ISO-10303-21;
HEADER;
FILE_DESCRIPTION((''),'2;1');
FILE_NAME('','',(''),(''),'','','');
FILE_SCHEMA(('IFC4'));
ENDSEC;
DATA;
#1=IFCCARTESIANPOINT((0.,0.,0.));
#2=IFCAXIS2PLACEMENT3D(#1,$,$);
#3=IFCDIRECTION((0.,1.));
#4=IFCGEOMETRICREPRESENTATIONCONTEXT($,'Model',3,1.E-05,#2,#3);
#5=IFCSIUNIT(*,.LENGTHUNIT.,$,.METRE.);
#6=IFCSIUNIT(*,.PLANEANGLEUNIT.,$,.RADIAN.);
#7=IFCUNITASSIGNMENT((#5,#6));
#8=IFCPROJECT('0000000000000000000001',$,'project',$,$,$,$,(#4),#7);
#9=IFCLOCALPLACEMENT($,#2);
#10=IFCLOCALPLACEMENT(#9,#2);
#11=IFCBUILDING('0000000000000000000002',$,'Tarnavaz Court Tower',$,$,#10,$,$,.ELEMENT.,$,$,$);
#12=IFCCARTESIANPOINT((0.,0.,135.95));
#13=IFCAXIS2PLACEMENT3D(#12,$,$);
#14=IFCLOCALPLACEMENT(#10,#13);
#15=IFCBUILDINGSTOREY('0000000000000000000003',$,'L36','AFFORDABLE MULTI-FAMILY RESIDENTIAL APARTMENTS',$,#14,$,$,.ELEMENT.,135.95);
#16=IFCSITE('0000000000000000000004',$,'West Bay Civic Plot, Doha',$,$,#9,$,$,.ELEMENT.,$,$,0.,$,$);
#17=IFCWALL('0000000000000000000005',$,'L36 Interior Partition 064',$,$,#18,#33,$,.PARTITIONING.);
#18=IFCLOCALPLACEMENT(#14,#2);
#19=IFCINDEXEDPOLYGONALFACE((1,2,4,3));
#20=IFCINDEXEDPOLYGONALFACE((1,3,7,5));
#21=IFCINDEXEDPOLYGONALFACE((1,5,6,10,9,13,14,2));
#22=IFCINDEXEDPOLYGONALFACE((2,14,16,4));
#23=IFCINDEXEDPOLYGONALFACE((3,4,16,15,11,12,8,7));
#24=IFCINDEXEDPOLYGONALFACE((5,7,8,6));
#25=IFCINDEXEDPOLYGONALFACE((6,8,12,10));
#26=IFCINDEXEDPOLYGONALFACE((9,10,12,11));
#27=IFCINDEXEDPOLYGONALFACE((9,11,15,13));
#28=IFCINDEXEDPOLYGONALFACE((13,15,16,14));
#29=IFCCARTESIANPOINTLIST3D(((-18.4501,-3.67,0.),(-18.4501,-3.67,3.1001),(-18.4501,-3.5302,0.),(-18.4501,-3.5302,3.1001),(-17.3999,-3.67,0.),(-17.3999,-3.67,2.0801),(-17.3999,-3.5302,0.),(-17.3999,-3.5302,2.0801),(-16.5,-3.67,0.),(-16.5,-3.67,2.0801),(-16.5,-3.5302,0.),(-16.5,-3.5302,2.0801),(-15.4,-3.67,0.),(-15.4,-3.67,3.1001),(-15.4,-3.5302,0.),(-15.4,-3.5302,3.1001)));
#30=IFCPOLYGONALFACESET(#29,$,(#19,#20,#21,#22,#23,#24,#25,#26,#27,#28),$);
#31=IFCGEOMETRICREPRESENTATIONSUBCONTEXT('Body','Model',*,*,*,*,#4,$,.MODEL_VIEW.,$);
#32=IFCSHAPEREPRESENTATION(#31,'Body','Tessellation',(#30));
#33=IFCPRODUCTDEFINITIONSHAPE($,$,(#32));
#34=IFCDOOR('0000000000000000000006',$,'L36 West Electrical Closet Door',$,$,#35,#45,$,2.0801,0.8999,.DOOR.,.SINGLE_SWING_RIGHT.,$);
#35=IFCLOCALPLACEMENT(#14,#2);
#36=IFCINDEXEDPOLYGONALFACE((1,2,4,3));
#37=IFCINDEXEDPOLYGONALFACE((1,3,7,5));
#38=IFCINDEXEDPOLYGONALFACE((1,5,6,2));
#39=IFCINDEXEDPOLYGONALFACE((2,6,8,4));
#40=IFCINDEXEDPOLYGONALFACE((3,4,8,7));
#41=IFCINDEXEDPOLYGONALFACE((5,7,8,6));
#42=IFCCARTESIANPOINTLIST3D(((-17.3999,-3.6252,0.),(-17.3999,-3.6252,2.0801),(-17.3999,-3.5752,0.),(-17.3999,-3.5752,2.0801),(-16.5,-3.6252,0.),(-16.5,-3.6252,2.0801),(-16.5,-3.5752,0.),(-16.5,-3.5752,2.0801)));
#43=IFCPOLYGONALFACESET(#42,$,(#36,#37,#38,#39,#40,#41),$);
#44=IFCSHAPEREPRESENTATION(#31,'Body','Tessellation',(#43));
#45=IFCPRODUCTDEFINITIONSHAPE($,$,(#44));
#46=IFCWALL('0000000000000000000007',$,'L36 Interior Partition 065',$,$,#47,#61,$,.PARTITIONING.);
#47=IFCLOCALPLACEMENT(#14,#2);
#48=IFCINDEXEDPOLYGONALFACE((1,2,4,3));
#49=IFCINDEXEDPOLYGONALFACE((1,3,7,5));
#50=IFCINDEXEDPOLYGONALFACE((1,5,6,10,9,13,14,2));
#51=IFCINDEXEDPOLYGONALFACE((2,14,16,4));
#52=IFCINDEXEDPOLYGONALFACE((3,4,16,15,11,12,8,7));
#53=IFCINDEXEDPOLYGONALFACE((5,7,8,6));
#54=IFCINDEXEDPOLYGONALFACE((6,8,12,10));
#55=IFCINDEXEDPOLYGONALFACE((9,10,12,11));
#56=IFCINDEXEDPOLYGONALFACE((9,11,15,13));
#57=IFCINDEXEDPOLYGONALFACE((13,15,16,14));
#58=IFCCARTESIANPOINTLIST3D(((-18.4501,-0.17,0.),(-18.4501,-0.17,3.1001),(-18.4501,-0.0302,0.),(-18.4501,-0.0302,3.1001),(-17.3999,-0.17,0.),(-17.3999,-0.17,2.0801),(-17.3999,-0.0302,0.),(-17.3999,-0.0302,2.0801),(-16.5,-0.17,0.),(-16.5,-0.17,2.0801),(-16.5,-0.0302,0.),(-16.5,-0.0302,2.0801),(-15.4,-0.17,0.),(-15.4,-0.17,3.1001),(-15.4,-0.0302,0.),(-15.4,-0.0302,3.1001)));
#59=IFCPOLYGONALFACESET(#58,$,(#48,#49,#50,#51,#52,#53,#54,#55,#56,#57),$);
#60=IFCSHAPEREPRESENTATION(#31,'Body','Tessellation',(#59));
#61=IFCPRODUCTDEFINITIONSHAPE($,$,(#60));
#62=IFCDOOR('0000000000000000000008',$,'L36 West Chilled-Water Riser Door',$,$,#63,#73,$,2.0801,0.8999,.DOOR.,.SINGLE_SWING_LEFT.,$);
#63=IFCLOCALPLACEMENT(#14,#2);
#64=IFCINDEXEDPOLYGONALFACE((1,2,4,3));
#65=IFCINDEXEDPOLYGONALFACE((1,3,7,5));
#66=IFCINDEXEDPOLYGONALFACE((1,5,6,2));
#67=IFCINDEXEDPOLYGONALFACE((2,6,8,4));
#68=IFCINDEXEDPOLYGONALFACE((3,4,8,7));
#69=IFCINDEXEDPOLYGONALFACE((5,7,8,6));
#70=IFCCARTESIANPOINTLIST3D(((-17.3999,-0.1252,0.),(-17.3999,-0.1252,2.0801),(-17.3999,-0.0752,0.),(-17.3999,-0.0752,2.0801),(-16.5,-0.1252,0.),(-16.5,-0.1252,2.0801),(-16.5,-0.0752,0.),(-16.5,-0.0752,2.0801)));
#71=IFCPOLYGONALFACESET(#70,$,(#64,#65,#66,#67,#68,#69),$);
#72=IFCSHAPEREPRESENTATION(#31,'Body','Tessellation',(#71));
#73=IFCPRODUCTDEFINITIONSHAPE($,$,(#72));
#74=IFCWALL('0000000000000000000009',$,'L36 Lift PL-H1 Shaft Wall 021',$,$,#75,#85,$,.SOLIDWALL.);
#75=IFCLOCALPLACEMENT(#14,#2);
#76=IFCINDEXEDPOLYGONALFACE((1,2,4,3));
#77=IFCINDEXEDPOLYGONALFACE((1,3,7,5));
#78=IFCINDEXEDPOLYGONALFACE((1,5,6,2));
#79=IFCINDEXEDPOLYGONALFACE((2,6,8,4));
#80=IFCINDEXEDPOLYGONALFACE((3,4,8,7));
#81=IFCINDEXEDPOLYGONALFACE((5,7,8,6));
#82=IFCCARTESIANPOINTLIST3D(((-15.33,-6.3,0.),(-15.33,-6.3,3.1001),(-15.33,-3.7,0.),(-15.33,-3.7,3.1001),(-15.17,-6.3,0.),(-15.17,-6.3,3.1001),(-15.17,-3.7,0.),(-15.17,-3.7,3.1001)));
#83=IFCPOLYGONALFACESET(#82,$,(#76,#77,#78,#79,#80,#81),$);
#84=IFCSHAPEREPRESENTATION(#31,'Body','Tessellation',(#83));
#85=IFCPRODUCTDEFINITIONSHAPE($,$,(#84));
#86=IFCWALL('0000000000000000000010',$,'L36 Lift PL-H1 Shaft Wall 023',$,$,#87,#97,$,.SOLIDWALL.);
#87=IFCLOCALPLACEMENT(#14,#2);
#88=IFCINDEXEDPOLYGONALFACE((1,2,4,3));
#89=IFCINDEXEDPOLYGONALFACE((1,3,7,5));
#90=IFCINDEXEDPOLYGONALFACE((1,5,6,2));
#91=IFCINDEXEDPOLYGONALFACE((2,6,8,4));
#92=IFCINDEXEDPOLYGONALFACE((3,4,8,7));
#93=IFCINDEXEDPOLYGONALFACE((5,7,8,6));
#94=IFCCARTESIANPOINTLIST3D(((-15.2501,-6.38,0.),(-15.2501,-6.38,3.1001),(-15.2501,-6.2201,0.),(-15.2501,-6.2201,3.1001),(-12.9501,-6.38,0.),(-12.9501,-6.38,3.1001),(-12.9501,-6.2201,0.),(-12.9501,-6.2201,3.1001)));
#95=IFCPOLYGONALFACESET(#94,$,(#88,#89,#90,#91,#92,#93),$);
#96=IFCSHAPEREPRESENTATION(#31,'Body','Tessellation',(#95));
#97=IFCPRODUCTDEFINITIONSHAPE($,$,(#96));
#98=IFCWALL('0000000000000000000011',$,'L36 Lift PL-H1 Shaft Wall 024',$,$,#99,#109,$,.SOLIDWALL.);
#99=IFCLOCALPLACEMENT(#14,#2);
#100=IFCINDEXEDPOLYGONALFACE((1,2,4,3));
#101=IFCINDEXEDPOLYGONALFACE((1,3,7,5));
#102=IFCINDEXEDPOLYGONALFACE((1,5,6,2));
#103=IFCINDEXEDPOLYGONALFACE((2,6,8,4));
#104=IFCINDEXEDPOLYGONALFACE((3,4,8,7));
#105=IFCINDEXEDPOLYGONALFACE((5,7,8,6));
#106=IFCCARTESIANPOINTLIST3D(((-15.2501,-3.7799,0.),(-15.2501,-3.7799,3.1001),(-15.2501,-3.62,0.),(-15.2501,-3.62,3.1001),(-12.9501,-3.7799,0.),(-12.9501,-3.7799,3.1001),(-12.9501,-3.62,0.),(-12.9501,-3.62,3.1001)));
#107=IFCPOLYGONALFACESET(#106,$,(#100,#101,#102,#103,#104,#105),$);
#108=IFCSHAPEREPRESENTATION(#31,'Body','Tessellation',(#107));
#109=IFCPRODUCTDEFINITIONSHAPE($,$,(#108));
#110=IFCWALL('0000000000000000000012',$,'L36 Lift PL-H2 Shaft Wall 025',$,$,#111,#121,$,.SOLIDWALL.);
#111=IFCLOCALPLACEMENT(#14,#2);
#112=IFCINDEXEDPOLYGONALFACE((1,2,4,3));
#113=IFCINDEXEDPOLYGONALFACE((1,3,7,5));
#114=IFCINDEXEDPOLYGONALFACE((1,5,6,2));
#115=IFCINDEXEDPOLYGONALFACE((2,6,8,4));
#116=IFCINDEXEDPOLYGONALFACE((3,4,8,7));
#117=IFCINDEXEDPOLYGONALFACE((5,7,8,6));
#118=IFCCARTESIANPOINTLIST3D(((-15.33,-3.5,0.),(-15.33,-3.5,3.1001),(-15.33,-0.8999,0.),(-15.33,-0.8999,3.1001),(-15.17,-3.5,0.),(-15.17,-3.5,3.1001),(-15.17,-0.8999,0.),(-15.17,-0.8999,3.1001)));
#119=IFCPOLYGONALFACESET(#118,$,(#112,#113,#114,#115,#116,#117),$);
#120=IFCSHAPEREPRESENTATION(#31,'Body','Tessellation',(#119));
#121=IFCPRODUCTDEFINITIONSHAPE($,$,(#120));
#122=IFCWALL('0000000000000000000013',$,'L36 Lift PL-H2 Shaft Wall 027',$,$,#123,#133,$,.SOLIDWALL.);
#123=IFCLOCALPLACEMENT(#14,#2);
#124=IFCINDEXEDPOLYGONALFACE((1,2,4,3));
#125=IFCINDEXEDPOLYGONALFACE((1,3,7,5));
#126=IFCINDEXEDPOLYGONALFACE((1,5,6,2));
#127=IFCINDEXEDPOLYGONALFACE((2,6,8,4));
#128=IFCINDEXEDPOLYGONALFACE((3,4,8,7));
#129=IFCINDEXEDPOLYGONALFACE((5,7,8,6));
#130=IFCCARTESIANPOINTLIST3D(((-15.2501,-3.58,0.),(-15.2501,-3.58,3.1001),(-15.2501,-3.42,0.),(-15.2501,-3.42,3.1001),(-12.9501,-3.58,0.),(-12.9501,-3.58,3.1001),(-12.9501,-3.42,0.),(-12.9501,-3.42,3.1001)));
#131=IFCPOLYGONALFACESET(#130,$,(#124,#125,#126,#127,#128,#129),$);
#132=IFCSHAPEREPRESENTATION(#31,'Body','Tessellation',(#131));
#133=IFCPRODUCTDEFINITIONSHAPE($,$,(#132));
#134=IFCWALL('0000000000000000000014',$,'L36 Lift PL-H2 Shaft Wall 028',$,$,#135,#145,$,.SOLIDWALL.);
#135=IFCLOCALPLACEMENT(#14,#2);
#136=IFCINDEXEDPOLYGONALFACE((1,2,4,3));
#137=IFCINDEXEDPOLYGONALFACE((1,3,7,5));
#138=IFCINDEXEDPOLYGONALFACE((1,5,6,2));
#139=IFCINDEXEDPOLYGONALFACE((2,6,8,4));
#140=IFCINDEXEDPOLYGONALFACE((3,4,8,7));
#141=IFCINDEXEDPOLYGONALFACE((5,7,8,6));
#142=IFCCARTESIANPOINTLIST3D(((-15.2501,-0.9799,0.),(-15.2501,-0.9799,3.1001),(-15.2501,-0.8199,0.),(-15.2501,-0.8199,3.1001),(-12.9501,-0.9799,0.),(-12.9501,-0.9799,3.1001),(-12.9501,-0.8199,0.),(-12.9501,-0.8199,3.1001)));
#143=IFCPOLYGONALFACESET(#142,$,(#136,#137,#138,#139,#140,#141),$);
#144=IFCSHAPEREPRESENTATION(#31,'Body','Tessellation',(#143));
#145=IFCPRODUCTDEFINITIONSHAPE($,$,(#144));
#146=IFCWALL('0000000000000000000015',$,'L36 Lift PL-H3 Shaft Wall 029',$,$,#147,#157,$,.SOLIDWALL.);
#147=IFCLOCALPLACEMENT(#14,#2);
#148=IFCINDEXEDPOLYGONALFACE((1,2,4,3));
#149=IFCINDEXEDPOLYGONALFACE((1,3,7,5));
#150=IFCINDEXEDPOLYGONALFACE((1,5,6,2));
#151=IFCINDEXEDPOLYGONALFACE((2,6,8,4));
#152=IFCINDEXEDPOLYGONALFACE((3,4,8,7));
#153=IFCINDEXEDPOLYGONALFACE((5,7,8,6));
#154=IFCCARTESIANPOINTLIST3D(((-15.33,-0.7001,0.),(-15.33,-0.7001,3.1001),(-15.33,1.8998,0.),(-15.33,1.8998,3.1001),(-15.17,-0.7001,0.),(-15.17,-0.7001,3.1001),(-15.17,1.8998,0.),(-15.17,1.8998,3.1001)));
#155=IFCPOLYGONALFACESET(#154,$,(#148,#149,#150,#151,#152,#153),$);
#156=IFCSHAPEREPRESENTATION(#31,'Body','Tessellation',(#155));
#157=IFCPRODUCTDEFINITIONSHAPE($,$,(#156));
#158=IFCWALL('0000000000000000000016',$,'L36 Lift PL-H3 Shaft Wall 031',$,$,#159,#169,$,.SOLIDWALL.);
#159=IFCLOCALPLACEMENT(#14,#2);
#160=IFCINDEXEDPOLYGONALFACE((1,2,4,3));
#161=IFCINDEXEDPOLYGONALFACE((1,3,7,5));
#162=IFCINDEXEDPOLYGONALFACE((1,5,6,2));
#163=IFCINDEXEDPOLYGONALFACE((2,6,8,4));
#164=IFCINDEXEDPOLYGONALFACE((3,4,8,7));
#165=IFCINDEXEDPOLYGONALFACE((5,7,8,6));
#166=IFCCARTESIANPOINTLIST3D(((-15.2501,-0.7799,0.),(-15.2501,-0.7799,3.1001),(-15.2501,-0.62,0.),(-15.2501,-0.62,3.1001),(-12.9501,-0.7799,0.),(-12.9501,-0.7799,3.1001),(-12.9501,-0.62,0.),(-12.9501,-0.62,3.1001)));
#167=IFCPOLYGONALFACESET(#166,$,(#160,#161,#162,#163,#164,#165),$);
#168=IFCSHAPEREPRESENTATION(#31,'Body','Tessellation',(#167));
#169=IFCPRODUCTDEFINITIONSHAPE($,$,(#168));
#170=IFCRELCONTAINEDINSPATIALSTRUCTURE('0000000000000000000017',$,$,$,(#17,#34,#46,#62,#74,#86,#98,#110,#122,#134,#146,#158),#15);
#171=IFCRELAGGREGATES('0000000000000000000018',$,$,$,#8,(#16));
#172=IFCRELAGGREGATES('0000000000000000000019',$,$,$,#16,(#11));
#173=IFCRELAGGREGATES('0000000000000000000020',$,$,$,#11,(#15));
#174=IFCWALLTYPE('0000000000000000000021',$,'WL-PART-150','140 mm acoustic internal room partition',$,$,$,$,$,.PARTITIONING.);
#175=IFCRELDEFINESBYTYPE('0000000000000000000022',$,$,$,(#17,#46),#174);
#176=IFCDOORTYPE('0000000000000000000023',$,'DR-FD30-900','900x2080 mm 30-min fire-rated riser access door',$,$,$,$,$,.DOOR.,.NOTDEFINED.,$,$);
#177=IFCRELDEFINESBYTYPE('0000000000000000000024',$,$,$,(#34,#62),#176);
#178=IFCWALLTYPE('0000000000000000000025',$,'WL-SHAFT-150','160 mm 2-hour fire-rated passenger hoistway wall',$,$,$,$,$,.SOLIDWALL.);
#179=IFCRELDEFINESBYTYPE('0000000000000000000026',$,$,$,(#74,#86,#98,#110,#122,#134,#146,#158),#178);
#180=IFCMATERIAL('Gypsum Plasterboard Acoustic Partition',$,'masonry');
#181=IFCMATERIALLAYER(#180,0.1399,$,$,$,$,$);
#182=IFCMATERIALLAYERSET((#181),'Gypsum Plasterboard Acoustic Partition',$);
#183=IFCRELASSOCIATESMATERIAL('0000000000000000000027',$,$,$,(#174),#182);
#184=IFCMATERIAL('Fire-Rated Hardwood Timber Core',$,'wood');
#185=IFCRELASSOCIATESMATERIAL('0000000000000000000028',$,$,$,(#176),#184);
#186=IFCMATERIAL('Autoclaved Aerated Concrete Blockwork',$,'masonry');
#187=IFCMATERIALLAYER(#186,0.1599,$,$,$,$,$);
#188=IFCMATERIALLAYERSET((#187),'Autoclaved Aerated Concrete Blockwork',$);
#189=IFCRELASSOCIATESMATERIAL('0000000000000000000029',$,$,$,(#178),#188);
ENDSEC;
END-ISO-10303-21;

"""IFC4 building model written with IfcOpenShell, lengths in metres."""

from ifc_helpers import new_model, si_unit, direction, frame, frame_2d, origin, place, context, subcontext, project, spatial, rectangle, extrude, material, layer, layer_set, type_object, element, fill, save


model = new_model("IFC4")

# Units and contexts
model_context = context("Model", 3, precision=1e-05, world=origin(), true_north=direction((0.0, 1.0)))
body_context = subcontext(model_context, "Body", "Model", "MODEL_VIEW")
ifc_project = project(units=[si_unit("LENGTHUNIT", "METRE"), si_unit("PLANEANGLEUNIT", "RADIAN")], contexts=[model_context])

# Site, building, storey
site_placement = place(None, origin())
site = spatial("IfcSite", under=ifc_project, at=site_placement, Name="West Bay Civic Plot, Doha", CompositionType="ELEMENT", RefElevation=0.0)
building_placement = place(site_placement, origin())
building = spatial("IfcBuilding", under=site, at=building_placement, Name="Tarnavaz Court Tower", CompositionType="ELEMENT")
storey_placement = place(building_placement, frame((0.0, 0.0, 135.95)))
storey = spatial("IfcBuildingStorey", under=building, at=storey_placement, Name="L36", Description="AFFORDABLE MULTI-FAMILY RESIDENTIAL APARTMENTS", CompositionType="ELEMENT", Elevation=135.95)

# Walls, openings, doors
ifc_material_1 = material(Name="Gypsum Plasterboard Acoustic Partition", Category="masonry")
ifc_layer_1 = layer(ifc_material_1, 0.1399)
ifc_layer_set_1 = layer_set([ifc_layer_1], Name="Gypsum Plasterboard Acoustic Partition")
wall_type_1 = type_object("IfcWallType", Name="WL-PART-150", Description="140 mm acoustic internal room partition", PredefinedType="PARTITIONING", material=ifc_layer_set_1)
ifc_material_2 = material(Name="Fire-Rated Hardwood Timber Core", Category="wood")
door_type = type_object("IfcDoorType", Name="DR-FD30-900", Description="900x2080 mm 30-min fire-rated riser access door", OperationType="NOTDEFINED", PredefinedType="DOOR", material=ifc_material_2)
wall_1_placement = place(storey_placement, frame((-18.45, -3.6001, 0.0), z_axis=(0.0, 0.0, 1.0), x_axis=(1.0, 0.0, 0.0)))
wall_1 = element("IfcWall", 1, at=wall_1_placement, inside=storey, type_object=wall_type_1, Name="L36 Interior Partition 064", PredefinedType="PARTITIONING", context=body_context, shape_type="SweptSolid", body=[
    extrude(rectangle(XDim=3.05, YDim=0.1399, at=frame_2d((1.5249, 0.0))), origin(), (0.0, 0.0, 1.0), 3.1001),
])
opening_1_placement = place(wall_1_placement, frame((1.05, 0.0, 0.0)))
opening_1 = element("IfcOpeningElement", 2, at=opening_1_placement, cuts=wall_1, PredefinedType="OPENING", context=body_context, shape_type="SweptSolid", body=[
    extrude(rectangle(XDim=0.8999, YDim=2.0801, at=frame_2d((0.45, 1.04))), frame((0.0, 0.0798, 0.0), z_axis=(0.0, -1.0, 0.0), x_axis=(1.0, 0.0, 0.0)), (0.0, 0.0, 1.0), 0.1599),
])
door_1_placement = place(opening_1_placement, origin())
door_1 = element("IfcDoor", 3, at=door_1_placement, inside=storey, type_object=door_type, Name="L36 West Electrical Closet Door", OperationType="SINGLE_SWING_RIGHT", OverallHeight=2.0801, OverallWidth=0.8999, PredefinedType="DOOR", context=body_context, shape_type="SweptSolid", body=[
    extrude(rectangle(XDim=0.8999, YDim=2.0801, at=frame_2d((0.45, 1.04))), frame((0.0, 0.0249, 0.0), z_axis=(0.0, -1.0, 0.0), x_axis=(1.0, 0.0, 0.0)), (0.0, 0.0, 1.0), 0.05),
])
fill(opening_1, door_1)
wall_2_placement = place(storey_placement, frame((-18.45, -0.1001, 0.0), z_axis=(0.0, 0.0, 1.0), x_axis=(1.0, 0.0, 0.0)))
wall_2 = element("IfcWall", 4, at=wall_2_placement, inside=storey, type_object=wall_type_1, Name="L36 Interior Partition 065", PredefinedType="PARTITIONING", context=body_context, shape_type="SweptSolid", body=[
    extrude(rectangle(XDim=3.05, YDim=0.1399, at=frame_2d((1.5249, 0.0))), origin(), (0.0, 0.0, 1.0), 3.1001),
])
opening_2_placement = place(wall_2_placement, frame((1.05, 0.0, 0.0)))
opening_2 = element("IfcOpeningElement", 5, at=opening_2_placement, cuts=wall_2, PredefinedType="OPENING", context=body_context, shape_type="SweptSolid", body=[
    extrude(rectangle(XDim=0.8999, YDim=2.0801, at=frame_2d((0.45, 1.04))), frame((0.0, 0.0798, 0.0), z_axis=(0.0, -1.0, 0.0), x_axis=(1.0, 0.0, 0.0)), (0.0, 0.0, 1.0), 0.1599),
])
door_2_placement = place(opening_2_placement, origin())
door_2 = element("IfcDoor", 6, at=door_2_placement, inside=storey, type_object=door_type, Name="L36 West Chilled-Water Riser Door", OperationType="SINGLE_SWING_LEFT", OverallHeight=2.0801, OverallWidth=0.8999, PredefinedType="DOOR", context=body_context, shape_type="SweptSolid", body=[
    extrude(rectangle(XDim=0.8999, YDim=2.0801, at=frame_2d((0.45, 1.04))), frame((0.0, 0.0249, 0.0), z_axis=(0.0, -1.0, 0.0), x_axis=(1.0, 0.0, 0.0)), (0.0, 0.0, 1.0), 0.05),
])
fill(opening_2, door_2)

# Walls
ifc_material_3 = material(Name="Autoclaved Aerated Concrete Blockwork", Category="masonry")
ifc_layer_2 = layer(ifc_material_3, 0.1599)
ifc_layer_set_2 = layer_set([ifc_layer_2], Name="Autoclaved Aerated Concrete Blockwork")
wall_type_2 = type_object("IfcWallType", Name="WL-SHAFT-150", Description="160 mm 2-hour fire-rated passenger hoistway wall", PredefinedType="SOLIDWALL", material=ifc_layer_set_2)
wall_3_placement = place(storey_placement, frame((-15.25, -6.3, 0.0), z_axis=(0.0, 0.0, 1.0), x_axis=(0.0, 1.0, 0.0)))
element("IfcWall", 7, at=wall_3_placement, inside=storey, type_object=wall_type_2, Name="L36 Lift PL-H1 Shaft Wall 021", PredefinedType="SOLIDWALL", context=body_context, shape_type="SweptSolid", body=[
    extrude(rectangle(XDim=2.6001, YDim=0.1599, at=frame_2d((1.3, 0.0))), origin(), (0.0, 0.0, 1.0), 3.1001),
])
for number, where, z_axis, x_axis, name in (
    (8, (-15.25, -6.3, 0.0), (0.0, 0.0, 1.0), (1.0, 0.0, 0.0), "L36 Lift PL-H1 Shaft Wall 023"),
    (9, (-15.25, -3.7, 0.0), (0.0, 0.0, 1.0), (1.0, 0.0, 0.0), "L36 Lift PL-H1 Shaft Wall 024"),
):
    element("IfcWall", number, at=place(storey_placement, frame(where, z_axis=z_axis, x_axis=x_axis)), inside=storey, type_object=wall_type_2, Name=name, PredefinedType="SOLIDWALL", context=body_context, shape_type="SweptSolid", body=[
        extrude(rectangle(XDim=2.3, YDim=0.1599, at=frame_2d((1.1499, 0.0))), origin(), (0.0, 0.0, 1.0), 3.1001),
    ])
wall_4_placement = place(storey_placement, frame((-15.25, -3.5, 0.0), z_axis=(0.0, 0.0, 1.0), x_axis=(0.0, 1.0, 0.0)))
element("IfcWall", 10, at=wall_4_placement, inside=storey, type_object=wall_type_2, Name="L36 Lift PL-H2 Shaft Wall 025", PredefinedType="SOLIDWALL", context=body_context, shape_type="SweptSolid", body=[
    extrude(rectangle(XDim=2.6001, YDim=0.1599, at=frame_2d((1.3, 0.0))), origin(), (0.0, 0.0, 1.0), 3.1001),
])
for number, where, z_axis, x_axis, name in (
    (11, (-15.25, -3.5, 0.0), (0.0, 0.0, 1.0), (1.0, 0.0, 0.0), "L36 Lift PL-H2 Shaft Wall 027"),
    (12, (-15.25, -0.8999, 0.0), (0.0, 0.0, 1.0), (1.0, 0.0, 0.0), "L36 Lift PL-H2 Shaft Wall 028"),
):
    element("IfcWall", number, at=place(storey_placement, frame(where, z_axis=z_axis, x_axis=x_axis)), inside=storey, type_object=wall_type_2, Name=name, PredefinedType="SOLIDWALL", context=body_context, shape_type="SweptSolid", body=[
        extrude(rectangle(XDim=2.3, YDim=0.1599, at=frame_2d((1.1499, 0.0))), origin(), (0.0, 0.0, 1.0), 3.1001),
    ])
wall_5_placement = place(storey_placement, frame((-15.25, -0.7, 0.0), z_axis=(0.0, 0.0, 1.0), x_axis=(0.0, 1.0, 0.0)))
element("IfcWall", 13, at=wall_5_placement, inside=storey, type_object=wall_type_2, Name="L36 Lift PL-H3 Shaft Wall 029", PredefinedType="SOLIDWALL", context=body_context, shape_type="SweptSolid", body=[
    extrude(rectangle(XDim=2.5999, YDim=0.1599, at=frame_2d((1.2998, 0.0))), origin(), (0.0, 0.0, 1.0), 3.1001),
])
wall_6_placement = place(storey_placement, frame((-15.25, -0.7, 0.0), z_axis=(0.0, 0.0, 1.0), x_axis=(1.0, 0.0, 0.0)))
element("IfcWall", 14, at=wall_6_placement, inside=storey, type_object=wall_type_2, Name="L36 Lift PL-H3 Shaft Wall 031", PredefinedType="SOLIDWALL", context=body_context, shape_type="SweptSolid", body=[
    extrude(rectangle(XDim=2.3, YDim=0.1599, at=frame_2d((1.1499, 0.0))), origin(), (0.0, 0.0, 1.0), 3.1001),
])

save(model, "model.ifc")
